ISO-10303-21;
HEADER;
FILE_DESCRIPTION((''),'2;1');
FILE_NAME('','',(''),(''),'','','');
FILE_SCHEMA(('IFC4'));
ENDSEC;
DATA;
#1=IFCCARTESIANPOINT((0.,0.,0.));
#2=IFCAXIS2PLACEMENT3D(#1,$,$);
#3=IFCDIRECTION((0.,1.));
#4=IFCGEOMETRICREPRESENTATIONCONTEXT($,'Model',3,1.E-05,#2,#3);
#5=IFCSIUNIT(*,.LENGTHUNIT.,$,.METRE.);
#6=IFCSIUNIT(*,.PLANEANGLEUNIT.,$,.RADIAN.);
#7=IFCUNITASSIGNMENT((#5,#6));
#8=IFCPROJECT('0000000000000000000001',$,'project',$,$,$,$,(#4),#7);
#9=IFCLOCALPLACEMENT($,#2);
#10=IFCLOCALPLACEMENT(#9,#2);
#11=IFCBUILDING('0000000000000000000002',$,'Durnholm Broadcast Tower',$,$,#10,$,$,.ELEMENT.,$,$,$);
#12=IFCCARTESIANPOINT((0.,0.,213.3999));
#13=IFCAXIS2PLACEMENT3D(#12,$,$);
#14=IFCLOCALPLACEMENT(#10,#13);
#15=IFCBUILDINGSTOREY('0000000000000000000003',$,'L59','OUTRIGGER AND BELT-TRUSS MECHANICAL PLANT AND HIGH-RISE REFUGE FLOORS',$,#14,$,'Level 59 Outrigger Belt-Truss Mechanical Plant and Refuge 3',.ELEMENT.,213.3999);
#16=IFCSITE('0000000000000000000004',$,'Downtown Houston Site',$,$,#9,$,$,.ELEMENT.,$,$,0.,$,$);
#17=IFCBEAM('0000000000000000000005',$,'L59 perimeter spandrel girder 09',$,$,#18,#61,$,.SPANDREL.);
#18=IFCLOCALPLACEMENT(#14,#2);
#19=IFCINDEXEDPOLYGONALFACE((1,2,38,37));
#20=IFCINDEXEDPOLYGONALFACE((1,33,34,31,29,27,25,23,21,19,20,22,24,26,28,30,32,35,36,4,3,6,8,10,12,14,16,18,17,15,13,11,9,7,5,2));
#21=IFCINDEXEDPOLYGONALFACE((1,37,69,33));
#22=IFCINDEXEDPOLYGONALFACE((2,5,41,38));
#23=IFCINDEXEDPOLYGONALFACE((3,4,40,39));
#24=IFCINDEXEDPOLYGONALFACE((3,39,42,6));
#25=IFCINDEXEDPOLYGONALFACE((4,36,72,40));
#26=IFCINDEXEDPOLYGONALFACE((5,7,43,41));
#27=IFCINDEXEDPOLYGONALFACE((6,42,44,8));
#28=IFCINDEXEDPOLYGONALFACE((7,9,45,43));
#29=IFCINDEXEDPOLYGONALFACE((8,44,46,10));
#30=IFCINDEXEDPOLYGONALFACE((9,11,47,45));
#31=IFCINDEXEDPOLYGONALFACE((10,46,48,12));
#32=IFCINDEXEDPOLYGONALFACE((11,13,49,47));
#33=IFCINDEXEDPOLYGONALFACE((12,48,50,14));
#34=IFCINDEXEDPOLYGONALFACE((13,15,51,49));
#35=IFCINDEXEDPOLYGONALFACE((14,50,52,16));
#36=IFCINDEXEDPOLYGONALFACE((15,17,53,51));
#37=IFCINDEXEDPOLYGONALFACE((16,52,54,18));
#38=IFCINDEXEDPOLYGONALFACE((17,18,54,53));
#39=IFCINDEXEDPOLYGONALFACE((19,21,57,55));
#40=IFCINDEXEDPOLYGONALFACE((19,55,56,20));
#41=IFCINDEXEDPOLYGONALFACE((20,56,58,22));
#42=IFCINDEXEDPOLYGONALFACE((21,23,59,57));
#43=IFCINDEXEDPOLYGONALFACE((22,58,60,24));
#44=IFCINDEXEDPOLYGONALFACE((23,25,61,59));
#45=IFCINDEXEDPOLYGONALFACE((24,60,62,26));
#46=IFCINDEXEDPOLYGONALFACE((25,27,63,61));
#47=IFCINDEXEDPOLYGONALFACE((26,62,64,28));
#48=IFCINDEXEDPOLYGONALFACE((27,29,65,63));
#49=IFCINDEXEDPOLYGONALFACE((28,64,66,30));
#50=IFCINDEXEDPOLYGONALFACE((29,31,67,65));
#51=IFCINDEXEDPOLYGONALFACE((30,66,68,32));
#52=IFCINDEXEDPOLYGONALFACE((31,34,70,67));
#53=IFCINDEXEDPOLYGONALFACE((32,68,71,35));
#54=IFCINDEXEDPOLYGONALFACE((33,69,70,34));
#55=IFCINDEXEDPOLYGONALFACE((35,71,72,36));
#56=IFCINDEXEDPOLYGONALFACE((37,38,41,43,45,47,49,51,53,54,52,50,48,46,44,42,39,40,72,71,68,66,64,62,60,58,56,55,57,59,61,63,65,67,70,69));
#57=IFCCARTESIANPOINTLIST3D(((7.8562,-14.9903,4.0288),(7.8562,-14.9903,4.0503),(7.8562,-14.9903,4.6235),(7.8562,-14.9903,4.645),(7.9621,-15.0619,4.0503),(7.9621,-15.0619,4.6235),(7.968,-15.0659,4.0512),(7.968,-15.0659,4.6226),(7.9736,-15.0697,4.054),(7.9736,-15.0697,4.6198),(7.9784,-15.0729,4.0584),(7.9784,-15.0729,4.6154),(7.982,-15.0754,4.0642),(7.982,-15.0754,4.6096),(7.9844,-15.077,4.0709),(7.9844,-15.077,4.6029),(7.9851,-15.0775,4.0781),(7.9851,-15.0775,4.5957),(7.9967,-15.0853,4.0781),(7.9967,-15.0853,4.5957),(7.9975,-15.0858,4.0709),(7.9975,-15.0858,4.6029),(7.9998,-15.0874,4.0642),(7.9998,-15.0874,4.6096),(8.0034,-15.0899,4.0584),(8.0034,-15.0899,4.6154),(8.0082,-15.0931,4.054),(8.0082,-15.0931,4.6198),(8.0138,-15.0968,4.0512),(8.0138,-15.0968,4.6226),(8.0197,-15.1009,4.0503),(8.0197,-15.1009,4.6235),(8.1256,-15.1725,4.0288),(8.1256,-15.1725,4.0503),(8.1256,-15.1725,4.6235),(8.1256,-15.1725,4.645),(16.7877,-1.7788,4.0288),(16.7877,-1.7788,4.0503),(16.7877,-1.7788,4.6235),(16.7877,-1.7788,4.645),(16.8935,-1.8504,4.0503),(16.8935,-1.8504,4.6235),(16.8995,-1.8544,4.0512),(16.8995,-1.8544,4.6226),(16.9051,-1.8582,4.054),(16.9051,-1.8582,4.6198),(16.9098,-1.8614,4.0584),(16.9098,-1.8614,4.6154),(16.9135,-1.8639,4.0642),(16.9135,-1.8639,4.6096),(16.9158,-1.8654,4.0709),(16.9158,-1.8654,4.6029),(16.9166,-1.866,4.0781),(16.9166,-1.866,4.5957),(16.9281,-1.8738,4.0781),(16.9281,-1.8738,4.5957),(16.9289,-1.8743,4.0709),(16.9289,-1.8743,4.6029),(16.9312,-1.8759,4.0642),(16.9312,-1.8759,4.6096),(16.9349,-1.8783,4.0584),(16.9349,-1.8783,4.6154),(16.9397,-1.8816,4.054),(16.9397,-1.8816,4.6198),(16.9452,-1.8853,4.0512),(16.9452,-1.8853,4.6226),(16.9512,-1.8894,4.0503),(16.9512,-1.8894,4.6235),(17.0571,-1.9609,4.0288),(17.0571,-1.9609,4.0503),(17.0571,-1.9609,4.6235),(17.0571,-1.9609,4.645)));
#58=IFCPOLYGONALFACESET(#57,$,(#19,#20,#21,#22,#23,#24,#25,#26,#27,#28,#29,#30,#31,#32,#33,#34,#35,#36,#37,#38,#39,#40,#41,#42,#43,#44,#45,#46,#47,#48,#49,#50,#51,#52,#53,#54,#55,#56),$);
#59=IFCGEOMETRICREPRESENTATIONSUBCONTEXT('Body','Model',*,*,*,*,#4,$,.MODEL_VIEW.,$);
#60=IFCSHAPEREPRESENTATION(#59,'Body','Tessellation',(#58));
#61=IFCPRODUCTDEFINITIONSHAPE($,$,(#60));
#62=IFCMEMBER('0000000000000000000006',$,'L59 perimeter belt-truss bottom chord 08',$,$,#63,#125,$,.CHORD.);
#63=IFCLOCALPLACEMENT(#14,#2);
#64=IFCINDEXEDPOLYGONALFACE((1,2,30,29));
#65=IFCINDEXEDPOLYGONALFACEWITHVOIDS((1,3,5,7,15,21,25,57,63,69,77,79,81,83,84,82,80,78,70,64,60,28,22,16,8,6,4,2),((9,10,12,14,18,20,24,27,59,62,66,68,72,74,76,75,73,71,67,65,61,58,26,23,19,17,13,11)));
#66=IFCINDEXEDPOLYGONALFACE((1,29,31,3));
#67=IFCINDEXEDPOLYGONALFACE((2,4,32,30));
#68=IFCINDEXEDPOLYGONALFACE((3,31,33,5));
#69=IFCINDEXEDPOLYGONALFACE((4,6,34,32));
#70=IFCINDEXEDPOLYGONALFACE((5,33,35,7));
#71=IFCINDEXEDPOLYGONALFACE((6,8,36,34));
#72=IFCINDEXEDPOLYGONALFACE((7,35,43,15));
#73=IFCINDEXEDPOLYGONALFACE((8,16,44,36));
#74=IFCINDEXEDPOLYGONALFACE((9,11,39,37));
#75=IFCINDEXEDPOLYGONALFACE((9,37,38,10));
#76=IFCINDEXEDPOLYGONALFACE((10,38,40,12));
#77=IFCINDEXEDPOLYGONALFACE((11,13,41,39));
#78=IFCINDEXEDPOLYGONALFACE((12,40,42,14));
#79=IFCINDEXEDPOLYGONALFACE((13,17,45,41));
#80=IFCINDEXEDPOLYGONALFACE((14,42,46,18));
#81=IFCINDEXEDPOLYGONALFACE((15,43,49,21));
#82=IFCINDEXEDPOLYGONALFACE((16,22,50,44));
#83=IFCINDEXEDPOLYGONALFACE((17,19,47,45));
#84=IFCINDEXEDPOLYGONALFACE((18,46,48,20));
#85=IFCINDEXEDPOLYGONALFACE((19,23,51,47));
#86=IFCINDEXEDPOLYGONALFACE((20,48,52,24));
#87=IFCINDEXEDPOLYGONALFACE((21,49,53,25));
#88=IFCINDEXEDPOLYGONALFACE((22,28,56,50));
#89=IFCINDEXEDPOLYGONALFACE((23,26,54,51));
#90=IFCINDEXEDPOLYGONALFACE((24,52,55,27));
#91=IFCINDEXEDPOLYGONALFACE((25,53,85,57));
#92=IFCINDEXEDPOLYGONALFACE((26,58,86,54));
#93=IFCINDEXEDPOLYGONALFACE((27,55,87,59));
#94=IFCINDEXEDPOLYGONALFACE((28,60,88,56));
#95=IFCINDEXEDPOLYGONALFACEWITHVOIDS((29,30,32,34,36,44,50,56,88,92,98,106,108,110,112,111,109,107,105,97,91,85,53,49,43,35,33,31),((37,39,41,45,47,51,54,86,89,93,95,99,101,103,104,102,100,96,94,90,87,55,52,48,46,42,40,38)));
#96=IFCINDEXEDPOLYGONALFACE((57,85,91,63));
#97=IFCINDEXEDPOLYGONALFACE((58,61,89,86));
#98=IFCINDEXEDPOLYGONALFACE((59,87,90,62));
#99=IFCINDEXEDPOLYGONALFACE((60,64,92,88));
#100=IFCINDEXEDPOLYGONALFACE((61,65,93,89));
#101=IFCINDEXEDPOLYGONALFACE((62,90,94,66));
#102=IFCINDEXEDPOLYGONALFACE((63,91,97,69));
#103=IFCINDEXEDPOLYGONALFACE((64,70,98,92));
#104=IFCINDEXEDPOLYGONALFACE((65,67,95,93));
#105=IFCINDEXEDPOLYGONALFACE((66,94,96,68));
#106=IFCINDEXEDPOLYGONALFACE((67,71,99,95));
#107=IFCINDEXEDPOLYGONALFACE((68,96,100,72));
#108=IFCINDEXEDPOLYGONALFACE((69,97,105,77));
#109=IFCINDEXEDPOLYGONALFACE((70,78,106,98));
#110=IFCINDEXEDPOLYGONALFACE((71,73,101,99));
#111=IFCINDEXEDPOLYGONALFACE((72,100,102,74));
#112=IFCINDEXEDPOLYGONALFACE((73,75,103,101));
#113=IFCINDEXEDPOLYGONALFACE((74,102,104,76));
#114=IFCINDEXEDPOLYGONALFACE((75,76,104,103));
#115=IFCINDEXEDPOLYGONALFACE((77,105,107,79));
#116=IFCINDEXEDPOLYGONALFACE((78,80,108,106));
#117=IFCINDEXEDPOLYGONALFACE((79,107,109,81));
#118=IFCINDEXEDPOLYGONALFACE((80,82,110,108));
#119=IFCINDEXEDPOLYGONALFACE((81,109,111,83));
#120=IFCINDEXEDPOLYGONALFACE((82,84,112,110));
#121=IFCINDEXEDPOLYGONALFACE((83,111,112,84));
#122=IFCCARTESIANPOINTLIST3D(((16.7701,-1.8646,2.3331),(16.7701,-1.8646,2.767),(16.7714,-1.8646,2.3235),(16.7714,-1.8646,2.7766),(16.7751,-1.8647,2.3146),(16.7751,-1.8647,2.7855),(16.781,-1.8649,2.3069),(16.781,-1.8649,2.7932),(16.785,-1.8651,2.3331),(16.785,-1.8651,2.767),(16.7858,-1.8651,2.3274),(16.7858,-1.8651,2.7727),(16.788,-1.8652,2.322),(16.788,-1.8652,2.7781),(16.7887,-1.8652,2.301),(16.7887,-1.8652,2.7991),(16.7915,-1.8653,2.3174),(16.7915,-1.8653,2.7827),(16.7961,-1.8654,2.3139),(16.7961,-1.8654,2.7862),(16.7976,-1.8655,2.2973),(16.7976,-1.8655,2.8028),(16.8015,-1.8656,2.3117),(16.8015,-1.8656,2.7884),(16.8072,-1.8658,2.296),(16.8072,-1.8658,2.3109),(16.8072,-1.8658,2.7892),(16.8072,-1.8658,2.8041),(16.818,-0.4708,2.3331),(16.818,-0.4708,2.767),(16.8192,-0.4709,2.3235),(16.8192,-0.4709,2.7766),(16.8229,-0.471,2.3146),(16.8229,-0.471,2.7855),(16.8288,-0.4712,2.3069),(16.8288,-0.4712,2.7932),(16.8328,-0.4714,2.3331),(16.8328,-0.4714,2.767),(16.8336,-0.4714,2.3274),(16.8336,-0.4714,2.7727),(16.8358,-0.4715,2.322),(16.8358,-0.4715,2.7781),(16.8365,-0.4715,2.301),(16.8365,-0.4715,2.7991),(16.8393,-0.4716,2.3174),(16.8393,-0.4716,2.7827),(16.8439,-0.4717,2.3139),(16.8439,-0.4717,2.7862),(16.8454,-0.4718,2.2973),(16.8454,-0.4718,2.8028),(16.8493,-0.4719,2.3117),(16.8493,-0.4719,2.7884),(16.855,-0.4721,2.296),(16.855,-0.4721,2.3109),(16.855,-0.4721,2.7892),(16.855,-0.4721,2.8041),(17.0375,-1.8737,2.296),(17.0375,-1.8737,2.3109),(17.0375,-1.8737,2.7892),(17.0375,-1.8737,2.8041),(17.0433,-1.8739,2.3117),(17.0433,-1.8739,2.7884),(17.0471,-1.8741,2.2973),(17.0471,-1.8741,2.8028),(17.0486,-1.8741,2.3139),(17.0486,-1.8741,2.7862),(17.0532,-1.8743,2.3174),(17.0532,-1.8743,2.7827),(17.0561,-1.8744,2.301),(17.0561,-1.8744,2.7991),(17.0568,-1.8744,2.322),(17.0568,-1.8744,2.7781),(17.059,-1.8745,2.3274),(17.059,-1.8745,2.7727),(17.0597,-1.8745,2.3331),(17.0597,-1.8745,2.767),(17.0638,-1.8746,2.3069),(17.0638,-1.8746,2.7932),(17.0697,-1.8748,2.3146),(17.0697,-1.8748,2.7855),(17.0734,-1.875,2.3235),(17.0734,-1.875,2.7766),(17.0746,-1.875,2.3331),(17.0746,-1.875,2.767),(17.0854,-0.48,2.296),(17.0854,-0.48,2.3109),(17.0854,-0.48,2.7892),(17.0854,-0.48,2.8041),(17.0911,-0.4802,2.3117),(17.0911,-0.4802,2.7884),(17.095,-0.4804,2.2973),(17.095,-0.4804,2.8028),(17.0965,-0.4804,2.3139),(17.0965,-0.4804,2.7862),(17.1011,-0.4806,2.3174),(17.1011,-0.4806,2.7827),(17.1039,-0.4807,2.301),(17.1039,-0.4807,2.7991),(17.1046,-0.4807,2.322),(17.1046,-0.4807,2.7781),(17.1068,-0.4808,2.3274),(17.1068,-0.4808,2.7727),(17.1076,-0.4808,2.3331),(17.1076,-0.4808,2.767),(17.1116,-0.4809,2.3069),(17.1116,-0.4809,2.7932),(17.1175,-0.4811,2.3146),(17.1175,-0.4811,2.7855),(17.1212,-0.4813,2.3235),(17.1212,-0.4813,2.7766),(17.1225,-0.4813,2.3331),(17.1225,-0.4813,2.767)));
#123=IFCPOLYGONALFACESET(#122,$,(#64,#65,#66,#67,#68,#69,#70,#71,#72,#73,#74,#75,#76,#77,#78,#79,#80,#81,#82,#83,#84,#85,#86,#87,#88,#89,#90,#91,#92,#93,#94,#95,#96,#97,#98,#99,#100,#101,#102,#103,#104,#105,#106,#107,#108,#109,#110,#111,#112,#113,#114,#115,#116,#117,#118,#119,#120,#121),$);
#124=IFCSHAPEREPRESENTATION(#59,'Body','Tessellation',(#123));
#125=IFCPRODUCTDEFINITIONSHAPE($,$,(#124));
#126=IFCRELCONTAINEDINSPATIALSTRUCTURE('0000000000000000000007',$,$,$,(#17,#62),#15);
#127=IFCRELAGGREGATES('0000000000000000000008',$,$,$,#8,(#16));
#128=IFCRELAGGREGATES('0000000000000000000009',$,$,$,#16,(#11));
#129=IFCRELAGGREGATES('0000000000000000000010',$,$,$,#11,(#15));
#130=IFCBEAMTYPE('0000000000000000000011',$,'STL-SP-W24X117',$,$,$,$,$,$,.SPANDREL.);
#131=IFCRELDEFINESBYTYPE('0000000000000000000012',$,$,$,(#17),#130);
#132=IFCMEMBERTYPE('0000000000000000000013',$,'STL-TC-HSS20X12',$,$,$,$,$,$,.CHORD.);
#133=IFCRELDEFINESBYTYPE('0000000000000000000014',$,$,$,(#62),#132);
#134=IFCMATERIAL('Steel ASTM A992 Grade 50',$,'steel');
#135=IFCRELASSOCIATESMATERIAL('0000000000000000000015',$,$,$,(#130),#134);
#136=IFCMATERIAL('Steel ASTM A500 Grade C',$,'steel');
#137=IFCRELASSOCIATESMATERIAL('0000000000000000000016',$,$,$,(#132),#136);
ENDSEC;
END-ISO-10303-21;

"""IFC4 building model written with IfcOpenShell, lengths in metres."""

from ifc_helpers import new_model, si_unit, direction, frame, origin, origin_2d, place, context, subcontext, project, spatial, hollow_rectangle, i_section, extrude, source, transform, mapped, material, material_profile, profile_set, type_object, type_shapes, element, save


model = new_model("IFC4")

# Units and contexts
model_context = context("Model", 3, precision=1e-05, world=origin(), true_north=direction((0.0, 1.0)))
body_context = subcontext(model_context, "Body", "Model", "MODEL_VIEW")
ifc_project = project(units=[si_unit("LENGTHUNIT", "METRE"), si_unit("PLANEANGLEUNIT", "RADIAN")], contexts=[model_context])

# Site, building, storey
site_placement = place(None, origin())
site = spatial("IfcSite", under=ifc_project, at=site_placement, Name="Downtown Houston Site", CompositionType="ELEMENT", RefElevation=0.0)
building_placement = place(site_placement, origin())
building = spatial("IfcBuilding", under=site, at=building_placement, Name="Durnholm Broadcast Tower", CompositionType="ELEMENT")
storey_placement = place(building_placement, frame((0.0, 0.0, 213.3999)))
storey = spatial("IfcBuildingStorey", under=building, at=storey_placement, Name="L59", Description="OUTRIGGER AND BELT-TRUSS MECHANICAL PLANT AND HIGH-RISE REFUGE FLOORS", LongName="Level 59 Outrigger Belt-Truss Mechanical Plant and Refuge 3", CompositionType="ELEMENT", Elevation=213.3999)

# Beam
ifc_material_1 = material(Name="Steel ASTM A992 Grade 50", Category="steel")
ifc_material_profile_1 = material_profile(ifc_material_1, i_section(OverallWidth=0.3252, OverallDepth=0.6162, WebThickness=0.0139, FlangeThickness=0.0215, FilletRadius=0.0278, at=origin_2d()), Name="W24X117")
ifc_profile_set_1 = profile_set([ifc_material_profile_1], Name="Steel ASTM A992 Grade 50")
beam_type_1 = type_object("IfcBeamType", Name="STL-SP-W24X117", PredefinedType="SPANDREL", material=ifc_profile_set_1)
shared_shape_1 = source(origin(), body_context, "Body", "SweptSolid", [
    extrude(i_section(OverallWidth=0.3252, OverallDepth=0.6162, WebThickness=0.0139, FlangeThickness=0.0215, FilletRadius=0.0278, at=origin_2d()), origin(), (0.0, 0.0, 1.0), 15.9473),
])
beam_1_placement = place(storey_placement, frame((16.9224, -1.8699, 4.3369), z_axis=(-0.560062, -0.828451, 0.0), x_axis=(0.828451, -0.560062, 0.0)))
element("IfcBeam", 1, at=beam_1_placement, inside=storey, type_object=beam_type_1, Name="L59 perimeter spandrel girder 09", PredefinedType="SPANDREL", context=body_context, shape_type="MappedRepresentation", body=[
    mapped(shared_shape_1, transform((0.0, 0.0, 0.0), x_axis=(1.0, 0.0, 0.0), y_axis=(0.0, 1.0, 0.0), z_axis=(0.0, 0.0, 1.0), scale=1.0)),
])

# Member
ifc_material_2 = material(Name="Steel ASTM A500 Grade C", Category="steel")
ifc_material_profile_2 = material_profile(ifc_material_2, hollow_rectangle(XDim=0.3047, YDim=0.5081, WallThickness=0.0149, InnerFilletRadius=0.0222, OuterFilletRadius=0.0371, at=origin_2d()), Name="HSS20X12X5/8")
ifc_profile_set_2 = profile_set([ifc_material_profile_2], Name="Steel ASTM A500 Grade C")
member_type_1 = type_object("IfcMemberType", Name="STL-TC-HSS20X12", PredefinedType="CHORD", material=ifc_profile_set_2)
shared_shape_2 = source(origin(), body_context, "Body", "SweptSolid", [
    extrude(hollow_rectangle(XDim=0.3047, YDim=0.5081, WallThickness=0.0149, InnerFilletRadius=0.0222, OuterFilletRadius=0.0371, at=origin_2d()), origin(), (0.0, 0.0, 1.0), 1.3945),
])
type_shapes(member_type_1, [shared_shape_2])
member_1_placement = place(storey_placement, frame((16.9702, -0.4761, 2.55), z_axis=(-0.034312, -0.999411, 0.0), x_axis=(0.999411, -0.034312, 0.0)))
element("IfcMember", 2, at=member_1_placement, inside=storey, type_object=member_type_1, Name="L59 perimeter belt-truss bottom chord 08", PredefinedType="CHORD", context=body_context, shape_type="MappedRepresentation", body=[
    mapped(shared_shape_2, transform((0.0, 0.0, 0.0), x_axis=(1.0, 0.0, 0.0), y_axis=(0.0, 1.0, 0.0), z_axis=(0.0, 0.0, 1.0), scale=1.0)),
])

save(model, "model.ifc")
